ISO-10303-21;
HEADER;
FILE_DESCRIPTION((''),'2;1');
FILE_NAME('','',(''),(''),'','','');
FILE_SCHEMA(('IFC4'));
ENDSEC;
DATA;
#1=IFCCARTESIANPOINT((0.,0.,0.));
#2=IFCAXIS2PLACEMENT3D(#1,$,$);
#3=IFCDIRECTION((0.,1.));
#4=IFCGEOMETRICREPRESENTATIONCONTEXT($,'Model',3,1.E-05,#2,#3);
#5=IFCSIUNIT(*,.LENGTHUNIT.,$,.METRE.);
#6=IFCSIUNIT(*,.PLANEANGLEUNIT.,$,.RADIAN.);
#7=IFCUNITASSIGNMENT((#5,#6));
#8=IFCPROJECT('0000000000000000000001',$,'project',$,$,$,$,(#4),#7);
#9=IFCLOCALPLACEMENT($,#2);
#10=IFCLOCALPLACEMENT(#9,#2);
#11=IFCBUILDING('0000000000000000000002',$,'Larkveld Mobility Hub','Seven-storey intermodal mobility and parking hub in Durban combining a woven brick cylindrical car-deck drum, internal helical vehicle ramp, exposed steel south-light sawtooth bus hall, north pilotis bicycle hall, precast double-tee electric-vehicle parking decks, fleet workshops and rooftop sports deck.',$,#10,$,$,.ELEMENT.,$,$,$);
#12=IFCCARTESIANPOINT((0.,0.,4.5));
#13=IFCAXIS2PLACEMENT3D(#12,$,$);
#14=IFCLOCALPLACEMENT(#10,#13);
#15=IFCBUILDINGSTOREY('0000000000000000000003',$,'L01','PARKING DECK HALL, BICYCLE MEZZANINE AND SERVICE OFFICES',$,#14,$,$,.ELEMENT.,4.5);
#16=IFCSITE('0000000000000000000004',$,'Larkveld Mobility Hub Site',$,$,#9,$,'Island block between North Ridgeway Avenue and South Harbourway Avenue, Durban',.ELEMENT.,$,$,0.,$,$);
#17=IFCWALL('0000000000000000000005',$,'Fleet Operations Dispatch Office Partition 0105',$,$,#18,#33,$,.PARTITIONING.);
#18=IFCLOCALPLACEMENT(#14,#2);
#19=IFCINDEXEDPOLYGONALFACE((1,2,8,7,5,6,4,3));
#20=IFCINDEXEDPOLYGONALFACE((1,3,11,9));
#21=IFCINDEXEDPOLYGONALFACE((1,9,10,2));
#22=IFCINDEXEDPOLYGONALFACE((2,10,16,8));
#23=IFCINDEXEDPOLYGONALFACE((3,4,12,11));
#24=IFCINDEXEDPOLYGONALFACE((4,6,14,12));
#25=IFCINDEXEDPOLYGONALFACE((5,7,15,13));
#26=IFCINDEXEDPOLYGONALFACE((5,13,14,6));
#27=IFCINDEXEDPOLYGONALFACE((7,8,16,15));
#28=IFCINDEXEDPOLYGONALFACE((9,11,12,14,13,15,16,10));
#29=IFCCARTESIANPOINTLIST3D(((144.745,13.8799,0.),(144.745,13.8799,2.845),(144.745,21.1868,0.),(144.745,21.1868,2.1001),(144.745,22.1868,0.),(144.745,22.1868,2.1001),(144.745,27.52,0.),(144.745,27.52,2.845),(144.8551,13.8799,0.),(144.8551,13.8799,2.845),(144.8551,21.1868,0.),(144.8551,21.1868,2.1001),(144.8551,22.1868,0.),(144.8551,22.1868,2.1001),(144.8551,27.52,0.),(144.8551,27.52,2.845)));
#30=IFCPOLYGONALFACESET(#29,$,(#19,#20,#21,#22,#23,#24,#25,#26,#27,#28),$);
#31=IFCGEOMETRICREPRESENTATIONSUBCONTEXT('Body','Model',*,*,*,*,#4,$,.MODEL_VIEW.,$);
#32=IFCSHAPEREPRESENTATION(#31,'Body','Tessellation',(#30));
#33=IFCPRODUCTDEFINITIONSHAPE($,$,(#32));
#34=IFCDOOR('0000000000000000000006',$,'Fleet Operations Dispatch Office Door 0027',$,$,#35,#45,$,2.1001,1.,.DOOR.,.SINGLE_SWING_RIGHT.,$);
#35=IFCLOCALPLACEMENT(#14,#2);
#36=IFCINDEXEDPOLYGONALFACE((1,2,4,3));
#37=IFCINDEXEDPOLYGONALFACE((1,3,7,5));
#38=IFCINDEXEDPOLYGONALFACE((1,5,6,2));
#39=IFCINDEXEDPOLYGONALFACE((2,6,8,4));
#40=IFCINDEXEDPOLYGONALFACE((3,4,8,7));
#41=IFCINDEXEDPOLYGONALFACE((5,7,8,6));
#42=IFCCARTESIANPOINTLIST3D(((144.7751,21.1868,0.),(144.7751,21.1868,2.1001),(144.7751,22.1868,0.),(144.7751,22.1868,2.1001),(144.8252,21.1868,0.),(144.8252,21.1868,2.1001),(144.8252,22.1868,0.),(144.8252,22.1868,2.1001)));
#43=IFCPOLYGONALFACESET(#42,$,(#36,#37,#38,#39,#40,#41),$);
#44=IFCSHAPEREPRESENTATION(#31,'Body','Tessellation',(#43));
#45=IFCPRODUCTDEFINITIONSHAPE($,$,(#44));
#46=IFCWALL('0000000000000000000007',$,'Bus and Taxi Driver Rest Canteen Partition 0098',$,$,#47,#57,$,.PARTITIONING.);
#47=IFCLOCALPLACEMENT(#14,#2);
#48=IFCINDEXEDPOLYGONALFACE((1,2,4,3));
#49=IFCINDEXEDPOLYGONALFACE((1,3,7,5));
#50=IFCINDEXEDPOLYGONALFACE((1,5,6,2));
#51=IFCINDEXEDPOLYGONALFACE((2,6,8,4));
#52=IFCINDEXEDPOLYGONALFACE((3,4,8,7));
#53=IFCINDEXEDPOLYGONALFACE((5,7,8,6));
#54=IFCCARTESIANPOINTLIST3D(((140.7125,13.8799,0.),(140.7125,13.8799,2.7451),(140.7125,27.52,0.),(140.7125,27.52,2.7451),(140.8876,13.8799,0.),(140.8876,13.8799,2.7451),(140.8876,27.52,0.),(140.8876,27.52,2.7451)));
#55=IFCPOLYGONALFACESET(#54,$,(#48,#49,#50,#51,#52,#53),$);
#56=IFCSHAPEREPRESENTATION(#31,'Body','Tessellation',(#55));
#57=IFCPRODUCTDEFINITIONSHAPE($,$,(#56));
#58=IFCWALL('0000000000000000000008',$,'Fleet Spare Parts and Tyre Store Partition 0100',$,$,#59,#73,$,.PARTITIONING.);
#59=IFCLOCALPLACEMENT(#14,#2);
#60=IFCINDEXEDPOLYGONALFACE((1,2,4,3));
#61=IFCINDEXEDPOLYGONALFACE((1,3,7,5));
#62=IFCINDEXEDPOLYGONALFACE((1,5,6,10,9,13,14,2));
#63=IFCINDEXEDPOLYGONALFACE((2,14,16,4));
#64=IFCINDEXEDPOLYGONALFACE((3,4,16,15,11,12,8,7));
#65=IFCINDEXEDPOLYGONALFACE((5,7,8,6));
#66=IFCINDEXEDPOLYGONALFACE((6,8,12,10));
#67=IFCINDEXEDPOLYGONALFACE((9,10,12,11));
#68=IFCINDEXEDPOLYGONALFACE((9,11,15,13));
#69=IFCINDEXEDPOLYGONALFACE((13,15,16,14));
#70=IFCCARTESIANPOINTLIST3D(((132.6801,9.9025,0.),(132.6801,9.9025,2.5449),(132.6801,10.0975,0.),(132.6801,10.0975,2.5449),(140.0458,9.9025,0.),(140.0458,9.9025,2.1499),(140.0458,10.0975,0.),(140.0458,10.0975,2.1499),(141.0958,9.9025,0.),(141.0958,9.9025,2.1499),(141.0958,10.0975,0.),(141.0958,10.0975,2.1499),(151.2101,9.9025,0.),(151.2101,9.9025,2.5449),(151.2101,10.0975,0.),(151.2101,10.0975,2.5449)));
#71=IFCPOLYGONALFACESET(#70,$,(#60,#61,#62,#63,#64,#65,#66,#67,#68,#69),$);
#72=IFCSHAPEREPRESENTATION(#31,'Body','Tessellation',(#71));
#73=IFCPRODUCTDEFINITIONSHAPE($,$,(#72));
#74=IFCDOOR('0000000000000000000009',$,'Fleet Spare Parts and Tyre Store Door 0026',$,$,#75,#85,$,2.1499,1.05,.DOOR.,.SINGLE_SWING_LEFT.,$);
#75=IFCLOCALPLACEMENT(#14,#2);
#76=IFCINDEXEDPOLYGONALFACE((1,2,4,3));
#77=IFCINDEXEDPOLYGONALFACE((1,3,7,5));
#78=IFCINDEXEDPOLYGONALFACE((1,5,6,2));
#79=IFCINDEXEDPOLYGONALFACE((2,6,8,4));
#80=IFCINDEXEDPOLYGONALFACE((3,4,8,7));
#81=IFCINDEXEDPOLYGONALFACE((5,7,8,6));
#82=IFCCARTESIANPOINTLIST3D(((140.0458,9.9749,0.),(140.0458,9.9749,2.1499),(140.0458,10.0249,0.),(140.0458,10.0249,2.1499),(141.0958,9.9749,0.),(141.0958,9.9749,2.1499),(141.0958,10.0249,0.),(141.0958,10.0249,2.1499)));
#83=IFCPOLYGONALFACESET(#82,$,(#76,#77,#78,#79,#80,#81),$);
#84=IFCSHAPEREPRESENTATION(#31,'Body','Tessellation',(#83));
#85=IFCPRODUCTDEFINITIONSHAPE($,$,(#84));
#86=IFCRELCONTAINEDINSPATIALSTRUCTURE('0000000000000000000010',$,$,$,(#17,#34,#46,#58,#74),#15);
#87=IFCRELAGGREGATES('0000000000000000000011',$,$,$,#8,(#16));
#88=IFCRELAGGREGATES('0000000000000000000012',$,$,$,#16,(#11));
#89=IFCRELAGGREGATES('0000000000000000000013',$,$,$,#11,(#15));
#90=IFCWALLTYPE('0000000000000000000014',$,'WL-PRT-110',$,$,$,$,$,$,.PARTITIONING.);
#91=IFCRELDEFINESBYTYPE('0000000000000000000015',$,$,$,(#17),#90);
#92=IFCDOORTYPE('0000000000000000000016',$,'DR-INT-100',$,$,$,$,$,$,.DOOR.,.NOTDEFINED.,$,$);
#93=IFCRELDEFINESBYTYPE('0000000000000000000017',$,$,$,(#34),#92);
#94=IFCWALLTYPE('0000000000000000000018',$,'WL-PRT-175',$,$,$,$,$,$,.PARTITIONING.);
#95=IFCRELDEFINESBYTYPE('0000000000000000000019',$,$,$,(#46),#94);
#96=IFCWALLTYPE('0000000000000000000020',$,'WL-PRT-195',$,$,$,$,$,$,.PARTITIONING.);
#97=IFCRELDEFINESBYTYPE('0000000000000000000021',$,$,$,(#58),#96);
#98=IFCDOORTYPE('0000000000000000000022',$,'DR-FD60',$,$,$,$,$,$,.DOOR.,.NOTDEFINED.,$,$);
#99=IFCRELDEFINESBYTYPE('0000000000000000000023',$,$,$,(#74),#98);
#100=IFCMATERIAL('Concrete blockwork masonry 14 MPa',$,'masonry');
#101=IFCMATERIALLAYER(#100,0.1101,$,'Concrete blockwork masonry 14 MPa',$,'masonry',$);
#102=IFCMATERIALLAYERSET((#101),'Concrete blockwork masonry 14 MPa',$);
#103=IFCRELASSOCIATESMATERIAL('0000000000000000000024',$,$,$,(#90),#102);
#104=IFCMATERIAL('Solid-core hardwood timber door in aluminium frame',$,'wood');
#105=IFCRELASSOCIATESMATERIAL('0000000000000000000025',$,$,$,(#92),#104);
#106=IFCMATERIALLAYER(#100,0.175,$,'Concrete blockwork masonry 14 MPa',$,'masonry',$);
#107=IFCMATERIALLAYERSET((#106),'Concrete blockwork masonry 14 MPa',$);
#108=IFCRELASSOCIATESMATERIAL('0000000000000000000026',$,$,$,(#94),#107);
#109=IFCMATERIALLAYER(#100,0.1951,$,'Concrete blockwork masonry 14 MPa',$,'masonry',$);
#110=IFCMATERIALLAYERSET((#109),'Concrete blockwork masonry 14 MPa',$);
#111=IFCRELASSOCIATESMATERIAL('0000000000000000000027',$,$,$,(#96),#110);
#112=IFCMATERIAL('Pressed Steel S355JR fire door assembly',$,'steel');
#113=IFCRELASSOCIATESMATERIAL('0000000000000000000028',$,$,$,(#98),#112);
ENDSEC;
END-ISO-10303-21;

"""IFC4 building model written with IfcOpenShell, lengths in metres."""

from ifc_helpers import new_model, si_unit, direction, frame, frame_2d, origin, place, context, subcontext, project, spatial, rectangle, extrude, material, layer, layer_set, type_object, element, fill, save


model = new_model("IFC4")

# Units and contexts
model_context = context("Model", 3, precision=1e-05, world=origin(), true_north=direction((0.0, 1.0)))
body_context = subcontext(model_context, "Body", "Model", "MODEL_VIEW")
ifc_project = project(units=[si_unit("LENGTHUNIT", "METRE"), si_unit("PLANEANGLEUNIT", "RADIAN")], contexts=[model_context])

# Site, building, storey
site_placement = place(None, origin())
site = spatial("IfcSite", under=ifc_project, at=site_placement, Name="Larkveld Mobility Hub Site", LongName="Island block between North Ridgeway Avenue and South Harbourway Avenue, Durban", CompositionType="ELEMENT", RefElevation=0.0)
building_placement = place(site_placement, origin())
building = spatial("IfcBuilding", under=site, at=building_placement, Name="Larkveld Mobility Hub", Description="Seven-storey intermodal mobility and parking hub in Durban combining a woven brick cylindrical car-deck drum, internal helical vehicle ramp, exposed steel south-light sawtooth bus hall, north pilotis bicycle hall, precast double-tee electric-vehicle parking decks, fleet workshops and rooftop sports deck.", CompositionType="ELEMENT")
storey_placement = place(building_placement, frame((0.0, 0.0, 4.5)))
storey = spatial("IfcBuildingStorey", under=building, at=storey_placement, Name="L01", Description="PARKING DECK HALL, BICYCLE MEZZANINE AND SERVICE OFFICES", CompositionType="ELEMENT", Elevation=4.5)

# Shared definitions
ifc_material_1 = material(Name="Concrete blockwork masonry 14 MPa", Category="masonry")
ifc_layer_1 = layer(ifc_material_1, 0.1101, Name="Concrete blockwork masonry 14 MPa", Category="masonry")
ifc_layer_set_1 = layer_set([ifc_layer_1], Name="Concrete blockwork masonry 14 MPa")
wall_type_1 = type_object("IfcWallType", Name="WL-PRT-110", PredefinedType="PARTITIONING", material=ifc_layer_set_1)

# Wall, opening, door
wall_1_placement = place(storey_placement, frame((144.8, 13.8799, 0.0), z_axis=(0.0, 0.0, 1.0), x_axis=(0.0, 1.0, 0.0)))
wall_1 = element("IfcWall", 1, at=wall_1_placement, inside=storey, type_object=wall_type_1, Name="Fleet Operations Dispatch Office Partition 0105", PredefinedType="PARTITIONING", context=body_context, shape_type="SweptSolid", body=[
    extrude(rectangle(XDim=13.6401, YDim=0.1101, at=frame_2d((6.8201, 0.0))), origin(), (0.0, 0.0, 1.0), 2.845),
])
opening_1_placement = place(wall_1_placement, frame((7.3069, 0.0, 0.0)))
opening_1 = element("IfcOpeningElement", 2, at=opening_1_placement, cuts=wall_1, PredefinedType="OPENING", context=body_context, shape_type="SweptSolid", body=[
    extrude(rectangle(XDim=1.0, YDim=2.1001, at=frame_2d((0.5, 1.05))), frame((0.0, 0.0649, 0.0), z_axis=(0.0, -1.0, 0.0), x_axis=(1.0, 0.0, 0.0)), (0.0, 0.0, 1.0), 0.1301),
])
ifc_material_2 = material(Name="Solid-core hardwood timber door in aluminium frame", Category="wood")
door_type_1 = type_object("IfcDoorType", Name="DR-INT-100", OperationType="NOTDEFINED", PredefinedType="DOOR", material=ifc_material_2)
door_1_placement = place(opening_1_placement, origin())
door_1 = element("IfcDoor", 3, at=door_1_placement, inside=storey, type_object=door_type_1, Name="Fleet Operations Dispatch Office Door 0027", OperationType="SINGLE_SWING_RIGHT", OverallHeight=2.1001, OverallWidth=1.0, PredefinedType="DOOR", context=body_context, shape_type="SweptSolid", body=[
    extrude(rectangle(XDim=1.0, YDim=2.1001, at=frame_2d((0.5, 1.05))), frame((0.0, 0.0249, 0.0), z_axis=(0.0, -1.0, 0.0), x_axis=(1.0, 0.0, 0.0)), (0.0, 0.0, 1.0), 0.05),
])
fill(opening_1, door_1)

# Wall
ifc_layer_2 = layer(ifc_material_1, 0.175, Name="Concrete blockwork masonry 14 MPa", Category="masonry")
ifc_layer_set_2 = layer_set([ifc_layer_2], Name="Concrete blockwork masonry 14 MPa")
wall_type_2 = type_object("IfcWallType", Name="WL-PRT-175", PredefinedType="PARTITIONING", material=ifc_layer_set_2)
wall_2_placement = place(storey_placement, frame((140.8, 13.8799, 0.0), z_axis=(0.0, 0.0, 1.0), x_axis=(0.0, 1.0, 0.0)))
element("IfcWall", 4, at=wall_2_placement, inside=storey, type_object=wall_type_2, Name="Bus and Taxi Driver Rest Canteen Partition 0098", PredefinedType="PARTITIONING", context=body_context, shape_type="SweptSolid", body=[
    extrude(rectangle(XDim=13.6401, YDim=0.175, at=frame_2d((6.8201, 0.0))), origin(), (0.0, 0.0, 1.0), 2.7451),
])

# Wall, opening, door
ifc_layer_3 = layer(ifc_material_1, 0.1951, Name="Concrete blockwork masonry 14 MPa", Category="masonry")
ifc_layer_set_3 = layer_set([ifc_layer_3], Name="Concrete blockwork masonry 14 MPa")
wall_type_3 = type_object("IfcWallType", Name="WL-PRT-195", PredefinedType="PARTITIONING", material=ifc_layer_set_3)
wall_3_placement = place(storey_placement, frame((132.6799, 10.0, 0.0), z_axis=(0.0, 0.0, 1.0), x_axis=(1.0, 0.0, 0.0)))
wall_3 = element("IfcWall", 5, at=wall_3_placement, inside=storey, type_object=wall_type_3, Name="Fleet Spare Parts and Tyre Store Partition 0100", PredefinedType="PARTITIONING", context=body_context, shape_type="SweptSolid", body=[
    extrude(rectangle(XDim=18.53, YDim=0.1951, at=frame_2d((9.2651, 0.0))), origin(), (0.0, 0.0, 1.0), 2.5449),
])
opening_2_placement = place(wall_3_placement, frame((7.366, 0.0, 0.0)))
opening_2 = element("IfcOpeningElement", 6, at=opening_2_placement, cuts=wall_3, PredefinedType="OPENING", context=body_context, shape_type="SweptSolid", body=[
    extrude(rectangle(XDim=1.05, YDim=2.1499, at=frame_2d((0.5249, 1.075))), frame((0.0, 0.1074, 0.0), z_axis=(0.0, -1.0, 0.0), x_axis=(1.0, 0.0, 0.0)), (0.0, 0.0, 1.0), 0.2151),
])
ifc_material_3 = material(Name="Pressed Steel S355JR fire door assembly", Category="steel")
door_type_2 = type_object("IfcDoorType", Name="DR-FD60", OperationType="NOTDEFINED", PredefinedType="DOOR", material=ifc_material_3)
door_2_placement = place(opening_2_placement, origin())
door_2 = element("IfcDoor", 7, at=door_2_placement, inside=storey, type_object=door_type_2, Name="Fleet Spare Parts and Tyre Store Door 0026", OperationType="SINGLE_SWING_LEFT", OverallHeight=2.1499, OverallWidth=1.05, PredefinedType="DOOR", context=body_context, shape_type="SweptSolid", body=[
    extrude(rectangle(XDim=1.05, YDim=2.1499, at=frame_2d((0.5249, 1.075))), frame((0.0, 0.0249, 0.0), z_axis=(0.0, -1.0, 0.0), x_axis=(1.0, 0.0, 0.0)), (0.0, 0.0, 1.0), 0.05),
])
fill(opening_2, door_2)

save(model, "model.ifc")
